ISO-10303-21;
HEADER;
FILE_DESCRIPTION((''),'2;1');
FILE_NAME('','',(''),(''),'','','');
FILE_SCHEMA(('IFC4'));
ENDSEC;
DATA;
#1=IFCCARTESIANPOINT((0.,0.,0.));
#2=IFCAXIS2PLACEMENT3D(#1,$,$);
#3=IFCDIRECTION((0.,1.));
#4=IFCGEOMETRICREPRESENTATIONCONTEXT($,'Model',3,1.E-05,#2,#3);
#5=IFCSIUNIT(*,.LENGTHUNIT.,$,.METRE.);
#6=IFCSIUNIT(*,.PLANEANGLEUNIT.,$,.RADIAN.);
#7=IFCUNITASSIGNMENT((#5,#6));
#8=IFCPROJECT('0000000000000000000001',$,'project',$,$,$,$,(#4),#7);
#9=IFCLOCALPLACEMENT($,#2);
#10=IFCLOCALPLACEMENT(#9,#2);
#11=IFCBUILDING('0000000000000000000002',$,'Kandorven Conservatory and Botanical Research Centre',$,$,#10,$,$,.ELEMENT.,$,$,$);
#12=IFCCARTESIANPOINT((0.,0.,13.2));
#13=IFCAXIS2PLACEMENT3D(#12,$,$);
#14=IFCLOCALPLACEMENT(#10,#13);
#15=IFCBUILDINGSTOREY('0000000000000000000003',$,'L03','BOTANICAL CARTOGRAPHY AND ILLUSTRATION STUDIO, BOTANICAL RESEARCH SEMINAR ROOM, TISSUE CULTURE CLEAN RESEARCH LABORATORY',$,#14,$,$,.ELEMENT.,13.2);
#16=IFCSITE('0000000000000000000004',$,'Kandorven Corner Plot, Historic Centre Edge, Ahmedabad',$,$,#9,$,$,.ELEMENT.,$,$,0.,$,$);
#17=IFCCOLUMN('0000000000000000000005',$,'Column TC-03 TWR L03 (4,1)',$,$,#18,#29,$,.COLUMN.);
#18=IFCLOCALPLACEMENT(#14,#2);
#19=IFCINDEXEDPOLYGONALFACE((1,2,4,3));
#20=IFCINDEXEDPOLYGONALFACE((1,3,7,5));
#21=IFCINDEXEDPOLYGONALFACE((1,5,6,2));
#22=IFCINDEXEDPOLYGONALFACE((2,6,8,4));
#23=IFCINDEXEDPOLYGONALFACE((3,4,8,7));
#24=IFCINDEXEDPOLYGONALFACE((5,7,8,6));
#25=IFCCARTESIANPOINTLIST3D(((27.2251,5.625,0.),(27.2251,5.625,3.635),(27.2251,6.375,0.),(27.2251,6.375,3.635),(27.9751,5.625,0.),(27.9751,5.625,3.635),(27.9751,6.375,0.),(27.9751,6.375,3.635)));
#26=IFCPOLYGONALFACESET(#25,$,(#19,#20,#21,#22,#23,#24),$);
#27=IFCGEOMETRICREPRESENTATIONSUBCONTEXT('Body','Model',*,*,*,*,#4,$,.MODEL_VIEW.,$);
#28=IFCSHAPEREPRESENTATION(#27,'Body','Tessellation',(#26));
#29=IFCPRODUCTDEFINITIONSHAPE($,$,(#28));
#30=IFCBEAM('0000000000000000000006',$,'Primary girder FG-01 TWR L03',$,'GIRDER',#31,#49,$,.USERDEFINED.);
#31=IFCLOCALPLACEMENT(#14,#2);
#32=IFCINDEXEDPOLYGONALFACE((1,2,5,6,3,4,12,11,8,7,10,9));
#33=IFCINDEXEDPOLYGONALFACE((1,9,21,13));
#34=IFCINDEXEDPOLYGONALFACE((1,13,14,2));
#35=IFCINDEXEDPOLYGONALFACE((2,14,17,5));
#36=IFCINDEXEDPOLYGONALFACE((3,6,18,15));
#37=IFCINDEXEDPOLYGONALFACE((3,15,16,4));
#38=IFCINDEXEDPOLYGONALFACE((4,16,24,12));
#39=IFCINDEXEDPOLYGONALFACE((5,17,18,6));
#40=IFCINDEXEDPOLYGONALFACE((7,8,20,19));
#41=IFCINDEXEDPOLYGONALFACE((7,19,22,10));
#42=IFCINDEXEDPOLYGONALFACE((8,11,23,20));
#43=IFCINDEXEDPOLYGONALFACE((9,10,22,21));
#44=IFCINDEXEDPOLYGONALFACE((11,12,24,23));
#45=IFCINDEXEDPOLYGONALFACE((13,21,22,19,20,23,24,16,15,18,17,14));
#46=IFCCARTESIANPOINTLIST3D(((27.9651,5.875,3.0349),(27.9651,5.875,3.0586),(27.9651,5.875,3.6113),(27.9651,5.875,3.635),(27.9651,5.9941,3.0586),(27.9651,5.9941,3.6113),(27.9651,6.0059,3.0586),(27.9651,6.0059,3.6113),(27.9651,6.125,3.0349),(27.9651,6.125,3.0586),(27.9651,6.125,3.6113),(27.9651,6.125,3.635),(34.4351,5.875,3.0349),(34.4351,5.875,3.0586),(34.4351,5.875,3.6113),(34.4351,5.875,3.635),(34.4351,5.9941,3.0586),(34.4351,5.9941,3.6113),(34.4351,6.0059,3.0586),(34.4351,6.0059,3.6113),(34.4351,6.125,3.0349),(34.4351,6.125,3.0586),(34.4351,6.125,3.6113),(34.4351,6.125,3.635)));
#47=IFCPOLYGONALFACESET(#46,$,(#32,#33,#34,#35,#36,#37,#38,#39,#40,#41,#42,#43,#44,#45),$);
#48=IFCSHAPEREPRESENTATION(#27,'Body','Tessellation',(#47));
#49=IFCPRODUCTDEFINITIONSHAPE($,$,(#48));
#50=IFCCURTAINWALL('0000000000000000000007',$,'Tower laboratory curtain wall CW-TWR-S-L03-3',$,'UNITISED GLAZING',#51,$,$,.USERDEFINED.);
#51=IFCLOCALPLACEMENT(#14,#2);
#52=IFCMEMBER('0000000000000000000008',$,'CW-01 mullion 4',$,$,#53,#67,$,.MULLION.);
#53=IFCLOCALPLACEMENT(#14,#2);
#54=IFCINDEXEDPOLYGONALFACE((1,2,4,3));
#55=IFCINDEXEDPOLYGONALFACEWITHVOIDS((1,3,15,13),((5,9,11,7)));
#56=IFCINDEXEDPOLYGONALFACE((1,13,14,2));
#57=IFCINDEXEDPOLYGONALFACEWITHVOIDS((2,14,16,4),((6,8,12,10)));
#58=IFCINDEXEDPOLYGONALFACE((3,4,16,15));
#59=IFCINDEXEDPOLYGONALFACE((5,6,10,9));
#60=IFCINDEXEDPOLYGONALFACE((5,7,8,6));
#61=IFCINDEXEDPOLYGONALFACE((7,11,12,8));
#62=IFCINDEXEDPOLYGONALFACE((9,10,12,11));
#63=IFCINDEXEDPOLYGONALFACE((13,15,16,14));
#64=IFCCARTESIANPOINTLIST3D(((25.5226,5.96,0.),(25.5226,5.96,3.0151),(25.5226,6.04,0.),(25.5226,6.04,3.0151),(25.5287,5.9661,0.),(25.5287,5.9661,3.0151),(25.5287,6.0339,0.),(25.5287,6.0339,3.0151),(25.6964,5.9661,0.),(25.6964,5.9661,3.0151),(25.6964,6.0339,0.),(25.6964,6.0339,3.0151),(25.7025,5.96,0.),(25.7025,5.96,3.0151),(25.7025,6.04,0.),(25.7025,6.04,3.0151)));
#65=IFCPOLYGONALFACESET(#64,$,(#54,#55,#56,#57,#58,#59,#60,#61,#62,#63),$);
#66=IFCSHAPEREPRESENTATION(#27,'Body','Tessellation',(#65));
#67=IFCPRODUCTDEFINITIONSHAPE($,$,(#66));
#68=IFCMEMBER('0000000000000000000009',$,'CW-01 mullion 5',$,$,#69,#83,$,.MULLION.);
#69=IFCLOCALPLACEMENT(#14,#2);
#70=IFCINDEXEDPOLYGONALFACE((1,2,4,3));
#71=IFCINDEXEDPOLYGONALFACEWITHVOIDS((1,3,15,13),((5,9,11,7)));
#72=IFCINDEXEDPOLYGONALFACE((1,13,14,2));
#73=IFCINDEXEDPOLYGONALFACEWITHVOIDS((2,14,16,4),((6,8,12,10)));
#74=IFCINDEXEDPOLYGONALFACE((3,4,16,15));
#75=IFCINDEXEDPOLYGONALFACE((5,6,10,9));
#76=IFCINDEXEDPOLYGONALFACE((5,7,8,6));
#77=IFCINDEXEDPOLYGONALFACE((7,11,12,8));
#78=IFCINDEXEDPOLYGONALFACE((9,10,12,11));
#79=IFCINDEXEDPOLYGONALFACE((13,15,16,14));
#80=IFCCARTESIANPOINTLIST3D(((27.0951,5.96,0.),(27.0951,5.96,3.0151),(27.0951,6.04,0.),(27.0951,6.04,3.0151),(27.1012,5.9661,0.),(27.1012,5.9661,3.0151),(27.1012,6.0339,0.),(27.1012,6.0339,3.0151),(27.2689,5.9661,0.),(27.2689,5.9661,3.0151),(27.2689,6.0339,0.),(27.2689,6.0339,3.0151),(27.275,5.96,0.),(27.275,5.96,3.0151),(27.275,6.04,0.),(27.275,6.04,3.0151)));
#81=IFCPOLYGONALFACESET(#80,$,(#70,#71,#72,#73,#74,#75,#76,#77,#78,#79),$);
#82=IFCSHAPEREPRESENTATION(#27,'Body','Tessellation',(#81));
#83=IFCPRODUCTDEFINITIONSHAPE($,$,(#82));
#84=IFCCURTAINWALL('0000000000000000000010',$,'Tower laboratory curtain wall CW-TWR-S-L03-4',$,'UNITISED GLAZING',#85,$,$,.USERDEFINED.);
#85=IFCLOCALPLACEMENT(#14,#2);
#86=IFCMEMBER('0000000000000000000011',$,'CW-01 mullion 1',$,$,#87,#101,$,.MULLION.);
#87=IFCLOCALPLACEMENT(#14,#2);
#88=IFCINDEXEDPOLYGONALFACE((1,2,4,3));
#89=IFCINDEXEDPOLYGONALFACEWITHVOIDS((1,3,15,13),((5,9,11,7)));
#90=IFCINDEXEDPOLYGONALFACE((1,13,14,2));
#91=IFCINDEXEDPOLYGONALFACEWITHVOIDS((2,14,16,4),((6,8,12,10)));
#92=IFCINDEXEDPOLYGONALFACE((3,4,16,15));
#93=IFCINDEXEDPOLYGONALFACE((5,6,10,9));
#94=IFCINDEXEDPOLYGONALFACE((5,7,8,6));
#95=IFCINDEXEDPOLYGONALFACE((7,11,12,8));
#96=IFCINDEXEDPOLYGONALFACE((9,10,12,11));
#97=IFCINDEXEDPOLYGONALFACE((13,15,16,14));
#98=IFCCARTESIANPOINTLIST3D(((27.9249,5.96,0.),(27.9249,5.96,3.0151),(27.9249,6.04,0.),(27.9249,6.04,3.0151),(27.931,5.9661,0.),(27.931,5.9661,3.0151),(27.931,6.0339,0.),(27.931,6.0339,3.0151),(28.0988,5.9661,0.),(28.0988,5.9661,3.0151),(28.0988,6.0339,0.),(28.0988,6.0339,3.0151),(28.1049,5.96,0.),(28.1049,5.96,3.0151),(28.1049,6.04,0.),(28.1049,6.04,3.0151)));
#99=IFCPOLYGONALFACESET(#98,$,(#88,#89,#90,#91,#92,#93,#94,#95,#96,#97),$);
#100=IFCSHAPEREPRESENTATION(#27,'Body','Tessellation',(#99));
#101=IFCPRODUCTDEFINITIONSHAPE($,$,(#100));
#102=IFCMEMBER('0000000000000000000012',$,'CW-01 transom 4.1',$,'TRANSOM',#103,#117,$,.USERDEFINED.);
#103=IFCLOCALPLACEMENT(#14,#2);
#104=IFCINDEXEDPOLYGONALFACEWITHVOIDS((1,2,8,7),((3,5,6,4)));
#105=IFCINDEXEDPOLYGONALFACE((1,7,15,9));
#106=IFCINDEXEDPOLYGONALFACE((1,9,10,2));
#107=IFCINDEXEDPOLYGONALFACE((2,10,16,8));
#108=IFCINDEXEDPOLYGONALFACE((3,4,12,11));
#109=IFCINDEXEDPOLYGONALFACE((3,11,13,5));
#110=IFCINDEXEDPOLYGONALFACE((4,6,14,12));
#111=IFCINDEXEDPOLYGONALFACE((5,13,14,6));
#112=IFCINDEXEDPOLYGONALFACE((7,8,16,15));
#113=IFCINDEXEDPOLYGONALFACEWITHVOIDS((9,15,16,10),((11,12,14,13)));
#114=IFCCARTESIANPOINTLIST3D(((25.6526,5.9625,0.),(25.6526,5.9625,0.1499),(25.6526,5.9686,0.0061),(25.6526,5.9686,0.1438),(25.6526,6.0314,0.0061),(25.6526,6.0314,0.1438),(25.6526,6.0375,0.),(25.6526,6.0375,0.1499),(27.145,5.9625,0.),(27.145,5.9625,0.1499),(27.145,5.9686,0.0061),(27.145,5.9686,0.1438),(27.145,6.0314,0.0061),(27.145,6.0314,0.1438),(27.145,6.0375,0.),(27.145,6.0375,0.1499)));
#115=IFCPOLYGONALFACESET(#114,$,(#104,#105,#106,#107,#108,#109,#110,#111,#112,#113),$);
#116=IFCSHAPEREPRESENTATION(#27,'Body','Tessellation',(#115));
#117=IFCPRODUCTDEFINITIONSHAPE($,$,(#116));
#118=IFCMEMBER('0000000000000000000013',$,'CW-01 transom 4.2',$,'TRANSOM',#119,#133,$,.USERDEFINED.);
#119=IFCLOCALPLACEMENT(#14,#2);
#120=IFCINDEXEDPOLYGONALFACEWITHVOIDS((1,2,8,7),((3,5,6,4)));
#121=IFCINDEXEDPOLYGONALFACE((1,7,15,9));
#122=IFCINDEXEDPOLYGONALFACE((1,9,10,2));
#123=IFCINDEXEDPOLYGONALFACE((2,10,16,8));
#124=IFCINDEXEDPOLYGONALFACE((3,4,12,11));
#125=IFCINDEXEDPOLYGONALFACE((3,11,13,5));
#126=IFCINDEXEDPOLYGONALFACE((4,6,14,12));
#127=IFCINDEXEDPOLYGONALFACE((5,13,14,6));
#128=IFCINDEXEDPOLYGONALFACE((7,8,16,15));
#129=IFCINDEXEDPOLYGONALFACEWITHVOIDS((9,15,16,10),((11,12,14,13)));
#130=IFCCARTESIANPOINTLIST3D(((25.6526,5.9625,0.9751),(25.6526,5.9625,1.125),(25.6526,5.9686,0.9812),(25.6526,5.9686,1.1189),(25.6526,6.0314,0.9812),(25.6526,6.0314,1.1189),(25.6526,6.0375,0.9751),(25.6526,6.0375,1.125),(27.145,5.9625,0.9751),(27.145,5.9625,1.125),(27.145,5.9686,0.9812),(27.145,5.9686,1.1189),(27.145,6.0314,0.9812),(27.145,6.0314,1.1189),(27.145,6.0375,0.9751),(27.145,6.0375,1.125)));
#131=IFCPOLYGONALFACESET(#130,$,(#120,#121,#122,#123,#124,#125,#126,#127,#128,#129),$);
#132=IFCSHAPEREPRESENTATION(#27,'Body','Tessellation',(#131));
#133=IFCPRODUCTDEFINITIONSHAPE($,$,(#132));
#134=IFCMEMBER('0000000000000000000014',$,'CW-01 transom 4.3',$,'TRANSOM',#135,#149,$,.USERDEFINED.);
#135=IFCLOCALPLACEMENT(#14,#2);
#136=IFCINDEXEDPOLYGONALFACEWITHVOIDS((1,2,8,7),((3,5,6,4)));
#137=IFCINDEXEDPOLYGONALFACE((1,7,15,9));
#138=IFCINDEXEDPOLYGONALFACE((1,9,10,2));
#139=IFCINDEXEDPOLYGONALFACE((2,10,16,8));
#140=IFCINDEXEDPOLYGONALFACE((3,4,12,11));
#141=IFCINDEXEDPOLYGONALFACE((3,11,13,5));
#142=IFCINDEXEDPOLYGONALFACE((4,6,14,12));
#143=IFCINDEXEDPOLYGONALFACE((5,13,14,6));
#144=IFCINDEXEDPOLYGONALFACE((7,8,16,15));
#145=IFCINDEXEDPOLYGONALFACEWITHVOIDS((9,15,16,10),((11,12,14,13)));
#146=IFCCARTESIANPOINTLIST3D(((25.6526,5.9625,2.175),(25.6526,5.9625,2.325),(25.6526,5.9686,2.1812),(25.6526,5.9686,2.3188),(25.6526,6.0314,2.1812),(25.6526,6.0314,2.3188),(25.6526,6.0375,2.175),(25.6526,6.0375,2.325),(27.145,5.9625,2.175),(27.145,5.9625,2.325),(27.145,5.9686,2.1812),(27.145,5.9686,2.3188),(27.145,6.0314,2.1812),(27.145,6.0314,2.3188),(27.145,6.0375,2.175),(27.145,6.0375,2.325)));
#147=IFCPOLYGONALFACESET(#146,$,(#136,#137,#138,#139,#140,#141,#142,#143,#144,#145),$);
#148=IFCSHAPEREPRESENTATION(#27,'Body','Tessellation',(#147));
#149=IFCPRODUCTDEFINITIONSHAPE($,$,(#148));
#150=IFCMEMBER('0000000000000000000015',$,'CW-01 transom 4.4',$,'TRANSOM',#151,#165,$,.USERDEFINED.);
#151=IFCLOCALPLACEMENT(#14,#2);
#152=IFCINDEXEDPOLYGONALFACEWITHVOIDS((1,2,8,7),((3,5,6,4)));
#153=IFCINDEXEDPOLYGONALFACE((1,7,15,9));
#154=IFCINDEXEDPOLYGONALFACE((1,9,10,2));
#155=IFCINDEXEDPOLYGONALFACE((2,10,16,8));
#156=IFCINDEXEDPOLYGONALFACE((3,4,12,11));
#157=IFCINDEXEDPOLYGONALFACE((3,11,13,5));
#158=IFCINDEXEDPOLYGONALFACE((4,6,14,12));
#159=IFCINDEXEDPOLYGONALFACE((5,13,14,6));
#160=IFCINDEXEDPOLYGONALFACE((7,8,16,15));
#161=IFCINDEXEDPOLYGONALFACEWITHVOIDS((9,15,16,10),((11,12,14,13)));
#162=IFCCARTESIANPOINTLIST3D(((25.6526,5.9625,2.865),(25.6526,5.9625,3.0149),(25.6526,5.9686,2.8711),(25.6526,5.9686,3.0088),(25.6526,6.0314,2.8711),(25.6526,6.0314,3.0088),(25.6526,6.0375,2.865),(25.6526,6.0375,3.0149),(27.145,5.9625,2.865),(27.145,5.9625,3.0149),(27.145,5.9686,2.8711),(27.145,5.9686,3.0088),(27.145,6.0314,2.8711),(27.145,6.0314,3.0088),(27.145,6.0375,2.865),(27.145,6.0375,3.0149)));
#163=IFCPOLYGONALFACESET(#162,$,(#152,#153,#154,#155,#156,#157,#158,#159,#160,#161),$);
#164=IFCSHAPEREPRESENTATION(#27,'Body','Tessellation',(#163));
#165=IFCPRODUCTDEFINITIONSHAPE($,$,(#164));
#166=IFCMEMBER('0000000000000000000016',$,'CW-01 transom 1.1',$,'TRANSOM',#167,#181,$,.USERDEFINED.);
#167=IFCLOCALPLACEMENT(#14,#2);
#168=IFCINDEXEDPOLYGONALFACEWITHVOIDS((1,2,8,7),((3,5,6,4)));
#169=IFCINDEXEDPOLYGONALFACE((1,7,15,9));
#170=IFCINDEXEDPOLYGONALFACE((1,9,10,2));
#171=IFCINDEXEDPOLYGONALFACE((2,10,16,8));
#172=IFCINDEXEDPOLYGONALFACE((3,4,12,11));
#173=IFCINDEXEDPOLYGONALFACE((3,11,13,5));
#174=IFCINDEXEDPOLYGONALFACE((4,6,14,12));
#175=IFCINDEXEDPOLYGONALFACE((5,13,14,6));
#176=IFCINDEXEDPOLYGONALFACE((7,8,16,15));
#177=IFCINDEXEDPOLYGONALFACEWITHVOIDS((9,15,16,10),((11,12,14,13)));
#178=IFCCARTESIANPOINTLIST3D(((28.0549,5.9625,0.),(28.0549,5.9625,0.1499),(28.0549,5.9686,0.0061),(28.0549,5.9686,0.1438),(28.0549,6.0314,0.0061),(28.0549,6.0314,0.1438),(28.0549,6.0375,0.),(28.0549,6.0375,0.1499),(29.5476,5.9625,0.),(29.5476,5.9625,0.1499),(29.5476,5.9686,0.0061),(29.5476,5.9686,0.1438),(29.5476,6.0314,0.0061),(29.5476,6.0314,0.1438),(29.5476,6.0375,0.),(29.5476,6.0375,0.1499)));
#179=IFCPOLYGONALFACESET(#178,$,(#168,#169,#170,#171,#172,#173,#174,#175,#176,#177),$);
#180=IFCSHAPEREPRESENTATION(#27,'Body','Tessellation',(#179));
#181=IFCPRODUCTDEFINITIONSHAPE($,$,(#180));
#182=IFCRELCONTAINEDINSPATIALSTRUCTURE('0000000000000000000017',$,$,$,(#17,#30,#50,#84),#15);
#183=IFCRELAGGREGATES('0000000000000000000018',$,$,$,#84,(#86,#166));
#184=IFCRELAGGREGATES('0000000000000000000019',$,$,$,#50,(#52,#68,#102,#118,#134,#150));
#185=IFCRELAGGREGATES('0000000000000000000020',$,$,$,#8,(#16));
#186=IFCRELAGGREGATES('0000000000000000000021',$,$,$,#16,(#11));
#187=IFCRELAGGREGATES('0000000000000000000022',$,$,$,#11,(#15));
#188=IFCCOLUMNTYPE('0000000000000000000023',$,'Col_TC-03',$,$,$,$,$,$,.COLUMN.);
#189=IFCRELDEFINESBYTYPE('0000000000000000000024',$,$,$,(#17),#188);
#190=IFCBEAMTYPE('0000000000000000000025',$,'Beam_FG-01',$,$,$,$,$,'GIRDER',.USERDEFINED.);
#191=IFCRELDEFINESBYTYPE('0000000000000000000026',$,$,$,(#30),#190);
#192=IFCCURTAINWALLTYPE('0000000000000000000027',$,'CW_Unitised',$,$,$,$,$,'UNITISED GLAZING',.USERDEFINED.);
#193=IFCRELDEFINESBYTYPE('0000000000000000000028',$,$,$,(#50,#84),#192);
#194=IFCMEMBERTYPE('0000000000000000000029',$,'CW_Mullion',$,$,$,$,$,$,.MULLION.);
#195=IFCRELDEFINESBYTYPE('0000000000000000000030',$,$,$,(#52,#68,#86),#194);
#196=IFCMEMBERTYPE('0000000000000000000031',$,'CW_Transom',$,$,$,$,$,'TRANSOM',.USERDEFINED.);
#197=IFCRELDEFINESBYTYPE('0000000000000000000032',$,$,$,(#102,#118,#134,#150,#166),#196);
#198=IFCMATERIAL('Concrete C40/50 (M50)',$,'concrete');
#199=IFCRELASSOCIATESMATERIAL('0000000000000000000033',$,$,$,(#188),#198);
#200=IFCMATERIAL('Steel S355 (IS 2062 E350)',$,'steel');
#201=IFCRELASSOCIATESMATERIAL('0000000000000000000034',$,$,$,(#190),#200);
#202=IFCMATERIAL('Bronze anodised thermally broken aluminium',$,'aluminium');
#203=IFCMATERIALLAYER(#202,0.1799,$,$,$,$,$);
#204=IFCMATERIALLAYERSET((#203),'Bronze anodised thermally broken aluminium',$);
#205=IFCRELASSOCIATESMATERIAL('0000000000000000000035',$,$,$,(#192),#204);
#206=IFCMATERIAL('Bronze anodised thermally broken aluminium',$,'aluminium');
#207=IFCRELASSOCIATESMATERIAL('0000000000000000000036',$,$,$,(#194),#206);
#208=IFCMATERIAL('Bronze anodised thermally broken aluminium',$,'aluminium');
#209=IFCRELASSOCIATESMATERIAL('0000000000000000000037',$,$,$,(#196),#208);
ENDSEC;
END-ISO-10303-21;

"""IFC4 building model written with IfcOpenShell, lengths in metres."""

from ifc_helpers import new_model, si_unit, direction, frame, origin, origin_2d, place, context, subcontext, project, spatial, rectangle, hollow_rectangle, i_section, extrude, material, layer, layer_set, material_profile, profile_set, type_object, element, aggregate, save


model = new_model("IFC4")

# Units and contexts
model_context = context("Model", 3, precision=1e-05, world=origin(), true_north=direction((0.0, 1.0)))
body_context = subcontext(model_context, "Body", "Model", "MODEL_VIEW")
ifc_project = project(units=[si_unit("LENGTHUNIT", "METRE"), si_unit("PLANEANGLEUNIT", "RADIAN")], contexts=[model_context])

# Site, building, storey
site_placement = place(None, origin())
site = spatial("IfcSite", under=ifc_project, at=site_placement, Name="Kandorven Corner Plot, Historic Centre Edge, Ahmedabad", CompositionType="ELEMENT", RefElevation=0.0)
building_placement = place(site_placement, origin())
building = spatial("IfcBuilding", under=site, at=building_placement, Name="Kandorven Conservatory and Botanical Research Centre", CompositionType="ELEMENT")
storey_placement = place(building_placement, frame((0.0, 0.0, 13.2)))
storey = spatial("IfcBuildingStorey", under=building, at=storey_placement, Name="L03", Description="BOTANICAL CARTOGRAPHY AND ILLUSTRATION STUDIO, BOTANICAL RESEARCH SEMINAR ROOM, TISSUE CULTURE CLEAN RESEARCH LABORATORY", CompositionType="ELEMENT", Elevation=13.2)

# Column
ifc_material_1 = material(Name="Concrete C40/50 (M50)", Category="concrete")
ifc_material_profile_1 = material_profile(ifc_material_1, rectangle(XDim=0.75, YDim=0.75, at=origin_2d()))
ifc_profile_set_1 = profile_set([ifc_material_profile_1], Name="Concrete C40/50 (M50)")
column_type = type_object("IfcColumnType", Name="Col_TC-03", PredefinedType="COLUMN", material=ifc_profile_set_1)
column_placement = place(storey_placement, frame((27.6001, 6.0, 0.0), z_axis=(0.0, 0.0, 1.0), x_axis=(1.0, 0.0, 0.0)))
element("IfcColumn", 1, at=column_placement, inside=storey, type_object=column_type, Name="Column TC-03 TWR L03 (4,1)", PredefinedType="COLUMN", context=body_context, shape_type="SweptSolid", body=[
    extrude(rectangle(XDim=0.75, YDim=0.75, at=origin_2d()), origin(), (0.0, 0.0, 1.0), 3.635),
])

# Beam
ifc_material_2 = material(Name="Steel S355 (IS 2062 E350)", Category="steel")
ifc_material_profile_2 = material_profile(ifc_material_2, i_section(OverallWidth=0.25, OverallDepth=0.6001, WebThickness=0.0117, FlangeThickness=0.0237, at=origin_2d()))
ifc_profile_set_2 = profile_set([ifc_material_profile_2], Name="Steel S355 (IS 2062 E350)")
beam_type = type_object("IfcBeamType", Name="Beam_FG-01", ElementType="GIRDER", PredefinedType="USERDEFINED", material=ifc_profile_set_2)
beam_placement = place(storey_placement, frame((27.9651, 6.0, 3.335), z_axis=(1.0, 0.0, 0.0), x_axis=(0.0, 1.0, 0.0)))
element("IfcBeam", 2, at=beam_placement, inside=storey, type_object=beam_type, Name="Primary girder FG-01 TWR L03", ObjectType="GIRDER", PredefinedType="USERDEFINED", context=body_context, shape_type="SweptSolid", body=[
    extrude(i_section(OverallWidth=0.25, OverallDepth=0.6001, WebThickness=0.0117, FlangeThickness=0.0237, at=origin_2d()), origin(), (0.0, 0.0, 1.0), 6.47),
])

# Curtain wall, members
ifc_material_3 = material(Name="Bronze anodised thermally broken aluminium", Category="aluminium")
ifc_layer_1 = layer(ifc_material_3, 0.1799)
ifc_layer_set_1 = layer_set([ifc_layer_1], Name="Bronze anodised thermally broken aluminium")
curtain_wall_type = type_object("IfcCurtainWallType", Name="CW_Unitised", ElementType="UNITISED GLAZING", PredefinedType="USERDEFINED", material=ifc_layer_set_1)
curtain_wall_1_placement = place(storey_placement, origin())
curtain_wall_1 = element("IfcCurtainWall", 3, at=curtain_wall_1_placement, inside=storey, type_object=curtain_wall_type, Name="Tower laboratory curtain wall CW-TWR-S-L03-3", ObjectType="UNITISED GLAZING", PredefinedType="USERDEFINED")
ifc_material_4 = material(Name="Bronze anodised thermally broken aluminium", Category="aluminium")
ifc_material_profile_3 = material_profile(ifc_material_4, hollow_rectangle(XDim=0.0801, YDim=0.1799, WallThickness=0.0061, at=origin_2d()))
ifc_profile_set_3 = profile_set([ifc_material_profile_3], Name="Bronze anodised thermally broken aluminium")
member_type_1 = type_object("IfcMemberType", Name="CW_Mullion", PredefinedType="MULLION", material=ifc_profile_set_3)
member_1_placement = place(storey_placement, frame((25.6125, 6.0, 0.0), z_axis=(0.0, 0.0, 1.0), x_axis=(0.0, 1.0, 0.0)))
member_1 = element("IfcMember", 4, at=member_1_placement, type_object=member_type_1, Name="CW-01 mullion 4", PredefinedType="MULLION", context=body_context, shape_type="SweptSolid", body=[
    extrude(hollow_rectangle(XDim=0.0801, YDim=0.1799, WallThickness=0.0061, at=origin_2d()), origin(), (0.0, 0.0, 1.0), 3.0151),
])
member_2_placement = place(storey_placement, frame((27.1851, 6.0, 0.0), z_axis=(0.0, 0.0, 1.0), x_axis=(0.0, 1.0, 0.0)))
member_2 = element("IfcMember", 5, at=member_2_placement, type_object=member_type_1, Name="CW-01 mullion 5", PredefinedType="MULLION", context=body_context, shape_type="SweptSolid", body=[
    extrude(hollow_rectangle(XDim=0.0801, YDim=0.1799, WallThickness=0.0061, at=origin_2d()), origin(), (0.0, 0.0, 1.0), 3.0151),
])

# Curtain wall, member
curtain_wall_2_placement = place(storey_placement, origin())
curtain_wall_2 = element("IfcCurtainWall", 6, at=curtain_wall_2_placement, inside=storey, type_object=curtain_wall_type, Name="Tower laboratory curtain wall CW-TWR-S-L03-4", ObjectType="UNITISED GLAZING", PredefinedType="USERDEFINED")
member_3_placement = place(storey_placement, frame((28.0149, 6.0, 0.0), z_axis=(0.0, 0.0, 1.0), x_axis=(0.0, 1.0, 0.0)))
member_3 = element("IfcMember", 7, at=member_3_placement, type_object=member_type_1, Name="CW-01 mullion 1", PredefinedType="MULLION", context=body_context, shape_type="SweptSolid", body=[
    extrude(hollow_rectangle(XDim=0.0801, YDim=0.1799, WallThickness=0.0061, at=origin_2d()), origin(), (0.0, 0.0, 1.0), 3.0151),
])

# Members
ifc_material_5 = material(Name="Bronze anodised thermally broken aluminium", Category="aluminium")
ifc_material_profile_4 = material_profile(ifc_material_5, hollow_rectangle(XDim=0.075, YDim=0.1499, WallThickness=0.0061, at=origin_2d()))
ifc_profile_set_4 = profile_set([ifc_material_profile_4], Name="Bronze anodised thermally broken aluminium")
member_type_2 = type_object("IfcMemberType", Name="CW_Transom", ElementType="TRANSOM", PredefinedType="USERDEFINED", material=ifc_profile_set_4)
member_4_placement = place(storey_placement, frame((25.6526, 6.0, 0.075), z_axis=(1.0, 0.0, 0.0), x_axis=(0.0, 1.0, 0.0)))
member_4 = element("IfcMember", 8, at=member_4_placement, type_object=member_type_2, Name="CW-01 transom 4.1", ObjectType="TRANSOM", PredefinedType="USERDEFINED", context=body_context, shape_type="SweptSolid", body=[
    extrude(hollow_rectangle(XDim=0.075, YDim=0.1499, WallThickness=0.0061, at=origin_2d()), origin(), (0.0, 0.0, 1.0), 1.4924),
])
member_5_placement = place(storey_placement, frame((25.6526, 6.0, 1.05), z_axis=(1.0, 0.0, 0.0), x_axis=(0.0, 1.0, 0.0)))
member_5 = element("IfcMember", 9, at=member_5_placement, type_object=member_type_2, Name="CW-01 transom 4.2", ObjectType="TRANSOM", PredefinedType="USERDEFINED", context=body_context, shape_type="SweptSolid", body=[
    extrude(hollow_rectangle(XDim=0.075, YDim=0.1499, WallThickness=0.0061, at=origin_2d()), origin(), (0.0, 0.0, 1.0), 1.4924),
])
member_6_placement = place(storey_placement, frame((25.6526, 6.0, 2.25), z_axis=(1.0, 0.0, 0.0), x_axis=(0.0, 1.0, 0.0)))
member_6 = element("IfcMember", 10, at=member_6_placement, type_object=member_type_2, Name="CW-01 transom 4.3", ObjectType="TRANSOM", PredefinedType="USERDEFINED", context=body_context, shape_type="SweptSolid", body=[
    extrude(hollow_rectangle(XDim=0.075, YDim=0.1499, WallThickness=0.0061, at=origin_2d()), origin(), (0.0, 0.0, 1.0), 1.4924),
])
member_7_placement = place(storey_placement, frame((25.6526, 6.0, 2.9399), z_axis=(1.0, 0.0, 0.0), x_axis=(0.0, 1.0, 0.0)))
member_7 = element("IfcMember", 11, at=member_7_placement, type_object=member_type_2, Name="CW-01 transom 4.4", ObjectType="TRANSOM", PredefinedType="USERDEFINED", context=body_context, shape_type="SweptSolid", body=[
    extrude(hollow_rectangle(XDim=0.075, YDim=0.1499, WallThickness=0.0061, at=origin_2d()), origin(), (0.0, 0.0, 1.0), 1.4924),
])
member_8_placement = place(storey_placement, frame((28.0549, 6.0, 0.075), z_axis=(1.0, 0.0, 0.0), x_axis=(0.0, 1.0, 0.0)))
member_8 = element("IfcMember", 12, at=member_8_placement, type_object=member_type_2, Name="CW-01 transom 1.1", ObjectType="TRANSOM", PredefinedType="USERDEFINED", context=body_context, shape_type="SweptSolid", body=[
    extrude(hollow_rectangle(XDim=0.075, YDim=0.1499, WallThickness=0.0061, at=origin_2d()), origin(), (0.0, 0.0, 1.0), 1.4927),
])
aggregate(curtain_wall_2, [member_3, member_8])

aggregate(curtain_wall_1, [member_1, member_2, member_4, member_5, member_6, member_7])

save(model, "model.ifc")
